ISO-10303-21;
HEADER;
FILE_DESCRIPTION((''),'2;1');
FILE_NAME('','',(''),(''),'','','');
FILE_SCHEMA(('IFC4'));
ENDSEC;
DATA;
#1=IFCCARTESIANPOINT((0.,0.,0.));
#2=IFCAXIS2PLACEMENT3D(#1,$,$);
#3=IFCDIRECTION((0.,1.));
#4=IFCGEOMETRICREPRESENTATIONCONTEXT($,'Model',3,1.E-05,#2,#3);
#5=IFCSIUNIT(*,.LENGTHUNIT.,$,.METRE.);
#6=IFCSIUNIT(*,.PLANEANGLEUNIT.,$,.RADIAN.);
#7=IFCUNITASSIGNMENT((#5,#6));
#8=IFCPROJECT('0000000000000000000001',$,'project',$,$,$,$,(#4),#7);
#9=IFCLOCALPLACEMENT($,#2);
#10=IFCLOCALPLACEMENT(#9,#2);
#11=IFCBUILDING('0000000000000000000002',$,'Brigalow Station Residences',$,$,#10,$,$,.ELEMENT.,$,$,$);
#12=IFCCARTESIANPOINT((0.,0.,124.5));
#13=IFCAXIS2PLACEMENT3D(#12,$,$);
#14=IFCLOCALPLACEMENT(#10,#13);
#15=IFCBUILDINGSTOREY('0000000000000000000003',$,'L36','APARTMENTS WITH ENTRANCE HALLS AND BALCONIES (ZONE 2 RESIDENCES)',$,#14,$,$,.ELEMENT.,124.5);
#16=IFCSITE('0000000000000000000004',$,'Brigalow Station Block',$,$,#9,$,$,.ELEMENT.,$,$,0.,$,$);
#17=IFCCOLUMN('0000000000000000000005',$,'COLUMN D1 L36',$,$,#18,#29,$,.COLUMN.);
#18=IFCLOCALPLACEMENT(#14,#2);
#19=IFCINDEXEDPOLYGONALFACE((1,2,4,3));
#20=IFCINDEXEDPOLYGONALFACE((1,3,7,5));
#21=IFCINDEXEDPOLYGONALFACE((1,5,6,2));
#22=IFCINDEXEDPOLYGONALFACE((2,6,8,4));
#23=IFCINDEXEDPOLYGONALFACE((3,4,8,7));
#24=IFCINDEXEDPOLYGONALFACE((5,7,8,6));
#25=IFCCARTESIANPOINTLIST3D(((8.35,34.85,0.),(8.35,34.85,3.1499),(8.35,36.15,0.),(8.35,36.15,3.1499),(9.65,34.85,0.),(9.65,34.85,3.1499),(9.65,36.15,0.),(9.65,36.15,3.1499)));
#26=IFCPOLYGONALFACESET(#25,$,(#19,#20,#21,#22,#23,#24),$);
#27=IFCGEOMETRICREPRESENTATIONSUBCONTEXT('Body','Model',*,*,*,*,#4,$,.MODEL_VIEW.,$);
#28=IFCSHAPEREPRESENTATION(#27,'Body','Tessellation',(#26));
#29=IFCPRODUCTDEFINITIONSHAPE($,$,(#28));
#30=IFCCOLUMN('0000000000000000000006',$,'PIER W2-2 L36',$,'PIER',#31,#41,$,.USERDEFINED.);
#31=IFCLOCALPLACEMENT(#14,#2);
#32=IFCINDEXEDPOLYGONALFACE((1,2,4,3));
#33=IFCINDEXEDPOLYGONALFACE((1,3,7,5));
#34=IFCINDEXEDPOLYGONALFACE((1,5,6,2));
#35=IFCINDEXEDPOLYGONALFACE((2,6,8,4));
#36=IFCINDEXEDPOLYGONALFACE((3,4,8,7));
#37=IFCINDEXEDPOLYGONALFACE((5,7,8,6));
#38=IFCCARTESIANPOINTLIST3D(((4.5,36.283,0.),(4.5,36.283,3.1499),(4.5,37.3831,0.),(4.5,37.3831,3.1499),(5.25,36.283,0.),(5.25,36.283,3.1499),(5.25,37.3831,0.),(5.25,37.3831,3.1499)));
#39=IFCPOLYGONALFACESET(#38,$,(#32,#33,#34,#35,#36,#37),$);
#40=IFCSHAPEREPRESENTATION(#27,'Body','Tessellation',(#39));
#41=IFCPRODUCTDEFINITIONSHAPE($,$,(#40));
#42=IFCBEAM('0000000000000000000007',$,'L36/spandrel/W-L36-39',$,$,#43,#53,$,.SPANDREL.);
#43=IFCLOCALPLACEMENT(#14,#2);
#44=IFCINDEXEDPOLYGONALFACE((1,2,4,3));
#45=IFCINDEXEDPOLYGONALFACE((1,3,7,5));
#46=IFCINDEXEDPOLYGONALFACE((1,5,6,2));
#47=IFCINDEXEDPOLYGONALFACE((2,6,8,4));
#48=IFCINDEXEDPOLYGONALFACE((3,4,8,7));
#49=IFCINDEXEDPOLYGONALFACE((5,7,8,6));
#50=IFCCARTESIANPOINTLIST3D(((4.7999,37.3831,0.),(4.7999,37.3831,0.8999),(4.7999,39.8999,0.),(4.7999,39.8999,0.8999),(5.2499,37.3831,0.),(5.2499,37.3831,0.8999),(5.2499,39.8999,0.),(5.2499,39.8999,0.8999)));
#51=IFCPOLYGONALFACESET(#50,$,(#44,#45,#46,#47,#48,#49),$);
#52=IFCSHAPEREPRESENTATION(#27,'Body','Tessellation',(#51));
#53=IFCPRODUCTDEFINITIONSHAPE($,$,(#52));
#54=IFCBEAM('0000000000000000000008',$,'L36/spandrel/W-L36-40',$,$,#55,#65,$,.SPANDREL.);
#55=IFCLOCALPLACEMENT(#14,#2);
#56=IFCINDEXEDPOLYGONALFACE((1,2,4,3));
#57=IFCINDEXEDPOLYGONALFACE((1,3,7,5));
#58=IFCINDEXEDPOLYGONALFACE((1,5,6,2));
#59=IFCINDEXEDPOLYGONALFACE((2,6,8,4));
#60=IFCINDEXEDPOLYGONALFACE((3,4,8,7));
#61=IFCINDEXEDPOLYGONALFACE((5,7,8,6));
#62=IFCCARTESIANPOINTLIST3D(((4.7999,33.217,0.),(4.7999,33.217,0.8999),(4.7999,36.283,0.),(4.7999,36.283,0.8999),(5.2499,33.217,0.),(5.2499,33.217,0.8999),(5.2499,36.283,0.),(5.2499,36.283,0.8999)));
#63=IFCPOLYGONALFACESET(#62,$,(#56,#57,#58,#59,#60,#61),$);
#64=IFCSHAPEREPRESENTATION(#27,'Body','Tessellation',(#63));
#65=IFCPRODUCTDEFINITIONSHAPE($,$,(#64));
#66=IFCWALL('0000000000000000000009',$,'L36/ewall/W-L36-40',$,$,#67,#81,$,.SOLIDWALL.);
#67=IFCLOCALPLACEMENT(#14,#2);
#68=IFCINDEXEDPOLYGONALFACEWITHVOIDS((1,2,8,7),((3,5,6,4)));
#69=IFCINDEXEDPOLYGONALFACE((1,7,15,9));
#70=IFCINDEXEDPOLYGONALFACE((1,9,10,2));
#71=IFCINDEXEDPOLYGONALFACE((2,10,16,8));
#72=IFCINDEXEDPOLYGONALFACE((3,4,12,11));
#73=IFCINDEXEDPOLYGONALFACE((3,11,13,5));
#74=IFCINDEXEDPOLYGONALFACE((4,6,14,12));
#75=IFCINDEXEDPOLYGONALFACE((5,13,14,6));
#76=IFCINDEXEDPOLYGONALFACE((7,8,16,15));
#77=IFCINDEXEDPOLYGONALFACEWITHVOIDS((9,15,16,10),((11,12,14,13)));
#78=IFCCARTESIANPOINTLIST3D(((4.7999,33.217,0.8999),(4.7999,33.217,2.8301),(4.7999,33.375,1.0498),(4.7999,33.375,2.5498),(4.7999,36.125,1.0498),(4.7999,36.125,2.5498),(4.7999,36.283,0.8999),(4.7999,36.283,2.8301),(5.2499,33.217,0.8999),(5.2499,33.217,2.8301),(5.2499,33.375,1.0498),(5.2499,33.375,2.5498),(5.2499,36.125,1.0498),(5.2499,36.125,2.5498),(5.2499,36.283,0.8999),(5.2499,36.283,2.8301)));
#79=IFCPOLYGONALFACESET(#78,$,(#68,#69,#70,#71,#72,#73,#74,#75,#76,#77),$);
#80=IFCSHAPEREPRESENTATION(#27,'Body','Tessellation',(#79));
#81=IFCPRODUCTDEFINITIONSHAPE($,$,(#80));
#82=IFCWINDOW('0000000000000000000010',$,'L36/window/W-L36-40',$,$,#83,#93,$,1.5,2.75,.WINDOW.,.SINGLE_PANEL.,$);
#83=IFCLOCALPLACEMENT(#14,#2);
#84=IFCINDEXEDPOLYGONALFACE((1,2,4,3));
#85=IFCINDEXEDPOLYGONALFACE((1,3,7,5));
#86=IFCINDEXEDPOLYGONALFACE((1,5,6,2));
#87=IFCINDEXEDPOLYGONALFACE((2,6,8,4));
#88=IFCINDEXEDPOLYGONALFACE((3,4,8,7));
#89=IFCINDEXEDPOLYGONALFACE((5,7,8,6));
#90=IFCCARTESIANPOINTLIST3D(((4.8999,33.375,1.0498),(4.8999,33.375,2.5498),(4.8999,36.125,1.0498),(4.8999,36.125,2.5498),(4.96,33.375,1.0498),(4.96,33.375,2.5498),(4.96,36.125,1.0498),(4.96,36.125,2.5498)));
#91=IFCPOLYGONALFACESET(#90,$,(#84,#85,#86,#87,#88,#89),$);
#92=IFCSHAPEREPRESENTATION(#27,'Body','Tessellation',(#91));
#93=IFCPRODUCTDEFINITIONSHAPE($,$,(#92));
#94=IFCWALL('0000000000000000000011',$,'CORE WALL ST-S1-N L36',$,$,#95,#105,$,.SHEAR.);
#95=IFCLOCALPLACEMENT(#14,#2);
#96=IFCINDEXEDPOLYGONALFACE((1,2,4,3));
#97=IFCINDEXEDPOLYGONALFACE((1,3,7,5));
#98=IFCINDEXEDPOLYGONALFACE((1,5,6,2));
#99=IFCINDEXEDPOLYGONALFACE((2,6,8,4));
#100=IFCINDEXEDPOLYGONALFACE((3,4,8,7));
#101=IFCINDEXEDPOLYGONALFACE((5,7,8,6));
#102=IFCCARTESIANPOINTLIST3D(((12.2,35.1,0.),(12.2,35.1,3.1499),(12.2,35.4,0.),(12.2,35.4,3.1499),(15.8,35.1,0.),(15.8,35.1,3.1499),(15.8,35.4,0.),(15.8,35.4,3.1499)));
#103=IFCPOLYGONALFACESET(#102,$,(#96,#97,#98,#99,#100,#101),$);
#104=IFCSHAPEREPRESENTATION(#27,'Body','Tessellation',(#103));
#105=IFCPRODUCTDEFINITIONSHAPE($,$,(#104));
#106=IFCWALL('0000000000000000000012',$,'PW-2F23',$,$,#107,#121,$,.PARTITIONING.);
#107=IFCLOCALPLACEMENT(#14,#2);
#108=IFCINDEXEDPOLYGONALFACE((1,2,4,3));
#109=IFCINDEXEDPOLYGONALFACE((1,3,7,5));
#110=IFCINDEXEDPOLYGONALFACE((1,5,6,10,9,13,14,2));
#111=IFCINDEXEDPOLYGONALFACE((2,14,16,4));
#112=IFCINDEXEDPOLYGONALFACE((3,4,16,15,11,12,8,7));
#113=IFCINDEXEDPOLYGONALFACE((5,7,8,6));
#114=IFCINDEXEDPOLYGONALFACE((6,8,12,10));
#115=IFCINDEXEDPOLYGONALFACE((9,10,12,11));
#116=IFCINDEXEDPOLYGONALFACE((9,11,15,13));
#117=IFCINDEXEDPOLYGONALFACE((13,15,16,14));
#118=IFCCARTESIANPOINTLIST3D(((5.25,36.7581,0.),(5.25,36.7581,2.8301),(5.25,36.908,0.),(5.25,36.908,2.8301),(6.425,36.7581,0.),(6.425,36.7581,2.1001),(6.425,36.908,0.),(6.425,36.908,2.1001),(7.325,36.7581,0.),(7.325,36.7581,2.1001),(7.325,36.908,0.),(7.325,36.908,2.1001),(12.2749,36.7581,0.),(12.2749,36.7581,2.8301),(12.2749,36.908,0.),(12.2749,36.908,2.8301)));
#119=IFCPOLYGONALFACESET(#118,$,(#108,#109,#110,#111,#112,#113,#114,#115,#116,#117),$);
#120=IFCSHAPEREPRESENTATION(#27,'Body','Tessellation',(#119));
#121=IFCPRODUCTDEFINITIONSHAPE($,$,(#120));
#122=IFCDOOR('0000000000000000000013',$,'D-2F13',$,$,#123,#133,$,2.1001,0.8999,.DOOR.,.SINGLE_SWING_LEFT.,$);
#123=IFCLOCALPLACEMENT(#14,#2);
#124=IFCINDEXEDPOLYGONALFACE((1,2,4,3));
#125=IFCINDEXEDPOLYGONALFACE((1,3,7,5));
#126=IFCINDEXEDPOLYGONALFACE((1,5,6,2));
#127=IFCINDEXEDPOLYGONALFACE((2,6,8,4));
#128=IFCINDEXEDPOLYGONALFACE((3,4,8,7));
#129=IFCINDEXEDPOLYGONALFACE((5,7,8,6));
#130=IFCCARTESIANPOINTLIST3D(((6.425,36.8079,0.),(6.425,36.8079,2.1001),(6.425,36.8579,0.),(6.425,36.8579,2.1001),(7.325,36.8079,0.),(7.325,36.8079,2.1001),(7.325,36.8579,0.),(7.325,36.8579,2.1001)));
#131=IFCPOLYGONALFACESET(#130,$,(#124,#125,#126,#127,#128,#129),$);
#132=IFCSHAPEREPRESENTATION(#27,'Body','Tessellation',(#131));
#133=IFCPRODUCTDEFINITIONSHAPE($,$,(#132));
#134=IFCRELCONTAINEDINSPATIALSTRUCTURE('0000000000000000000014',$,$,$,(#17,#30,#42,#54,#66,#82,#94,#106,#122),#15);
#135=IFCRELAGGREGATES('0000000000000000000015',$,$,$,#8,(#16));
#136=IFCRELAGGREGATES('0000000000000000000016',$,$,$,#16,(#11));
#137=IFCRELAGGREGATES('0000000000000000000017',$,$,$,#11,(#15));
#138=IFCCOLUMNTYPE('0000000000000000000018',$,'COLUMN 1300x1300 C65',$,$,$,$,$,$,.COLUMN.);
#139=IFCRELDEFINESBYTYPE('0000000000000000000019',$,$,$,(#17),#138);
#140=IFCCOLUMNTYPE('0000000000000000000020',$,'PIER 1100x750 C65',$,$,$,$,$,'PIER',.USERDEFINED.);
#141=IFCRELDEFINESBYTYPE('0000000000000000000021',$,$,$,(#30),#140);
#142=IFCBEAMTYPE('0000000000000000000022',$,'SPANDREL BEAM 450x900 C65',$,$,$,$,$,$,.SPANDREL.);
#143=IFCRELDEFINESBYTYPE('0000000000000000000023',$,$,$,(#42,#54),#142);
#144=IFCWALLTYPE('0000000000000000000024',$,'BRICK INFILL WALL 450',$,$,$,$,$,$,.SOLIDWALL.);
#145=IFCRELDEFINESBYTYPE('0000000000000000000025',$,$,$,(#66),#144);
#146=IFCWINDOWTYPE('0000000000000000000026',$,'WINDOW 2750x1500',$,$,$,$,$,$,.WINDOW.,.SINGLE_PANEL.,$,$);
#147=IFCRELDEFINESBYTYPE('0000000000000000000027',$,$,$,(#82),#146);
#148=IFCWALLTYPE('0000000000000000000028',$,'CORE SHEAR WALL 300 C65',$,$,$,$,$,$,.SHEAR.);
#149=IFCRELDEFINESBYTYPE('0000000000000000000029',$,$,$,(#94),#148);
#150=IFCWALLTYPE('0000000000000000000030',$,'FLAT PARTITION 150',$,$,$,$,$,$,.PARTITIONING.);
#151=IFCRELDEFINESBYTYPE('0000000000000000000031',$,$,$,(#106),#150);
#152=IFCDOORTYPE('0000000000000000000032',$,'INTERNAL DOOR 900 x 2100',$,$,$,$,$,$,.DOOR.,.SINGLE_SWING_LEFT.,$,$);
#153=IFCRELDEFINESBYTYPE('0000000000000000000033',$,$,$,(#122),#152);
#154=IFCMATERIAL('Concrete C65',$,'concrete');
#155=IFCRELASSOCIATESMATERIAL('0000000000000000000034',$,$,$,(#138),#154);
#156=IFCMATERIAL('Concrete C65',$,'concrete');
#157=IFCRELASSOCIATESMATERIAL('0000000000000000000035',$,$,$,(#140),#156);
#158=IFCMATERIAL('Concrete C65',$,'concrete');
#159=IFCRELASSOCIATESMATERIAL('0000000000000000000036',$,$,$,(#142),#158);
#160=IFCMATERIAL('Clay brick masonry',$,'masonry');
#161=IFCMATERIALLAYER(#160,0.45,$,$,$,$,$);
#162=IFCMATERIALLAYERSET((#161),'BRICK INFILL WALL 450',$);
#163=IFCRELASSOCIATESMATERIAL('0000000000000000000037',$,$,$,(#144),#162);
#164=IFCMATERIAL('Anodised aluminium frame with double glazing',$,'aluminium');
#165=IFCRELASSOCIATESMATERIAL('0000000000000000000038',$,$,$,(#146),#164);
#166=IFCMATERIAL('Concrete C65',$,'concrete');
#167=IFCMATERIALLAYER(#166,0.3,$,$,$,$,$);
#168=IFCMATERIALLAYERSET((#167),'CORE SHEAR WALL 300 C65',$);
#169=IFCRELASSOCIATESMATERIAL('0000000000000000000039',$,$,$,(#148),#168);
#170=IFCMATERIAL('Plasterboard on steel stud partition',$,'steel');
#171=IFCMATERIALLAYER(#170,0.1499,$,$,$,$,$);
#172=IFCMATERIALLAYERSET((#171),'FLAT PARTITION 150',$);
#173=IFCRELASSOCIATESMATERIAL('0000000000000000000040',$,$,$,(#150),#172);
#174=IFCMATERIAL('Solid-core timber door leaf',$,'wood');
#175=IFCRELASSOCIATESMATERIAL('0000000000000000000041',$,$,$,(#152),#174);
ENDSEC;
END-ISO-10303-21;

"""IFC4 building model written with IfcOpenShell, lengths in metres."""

from ifc_helpers import new_model, si_unit, direction, frame, frame_2d, origin, origin_2d, place, context, subcontext, project, spatial, rectangle, extrude, material, layer, layer_set, material_profile, profile_set, type_object, element, fill, save


model = new_model("IFC4")

# Units and contexts
model_context = context("Model", 3, precision=1e-05, world=origin(), true_north=direction((0.0, 1.0)))
body_context = subcontext(model_context, "Body", "Model", "MODEL_VIEW")
ifc_project = project(units=[si_unit("LENGTHUNIT", "METRE"), si_unit("PLANEANGLEUNIT", "RADIAN")], contexts=[model_context])

# Site, building, storey
site_placement = place(None, origin())
site = spatial("IfcSite", under=ifc_project, at=site_placement, Name="Brigalow Station Block", CompositionType="ELEMENT", RefElevation=0.0)
building_placement = place(site_placement, origin())
building = spatial("IfcBuilding", under=site, at=building_placement, Name="Brigalow Station Residences", CompositionType="ELEMENT")
storey_placement = place(building_placement, frame((0.0, 0.0, 124.5)))
storey = spatial("IfcBuildingStorey", under=building, at=storey_placement, Name="L36", Description="APARTMENTS WITH ENTRANCE HALLS AND BALCONIES (ZONE 2 RESIDENCES)", CompositionType="ELEMENT", Elevation=124.5)

# Columns
ifc_material_1 = material(Name="Concrete C65", Category="concrete")
ifc_material_profile_1 = material_profile(ifc_material_1, rectangle(XDim=1.3, YDim=1.3, at=origin_2d()), Name="RC1300x1300")
ifc_profile_set_1 = profile_set([ifc_material_profile_1], Name="Concrete C65")
column_type_1 = type_object("IfcColumnType", Name="COLUMN 1300x1300 C65", PredefinedType="COLUMN", material=ifc_profile_set_1)
column_1_placement = place(storey_placement, frame((9.0, 35.5, 0.0), z_axis=(0.0, 0.0, 1.0), x_axis=(1.0, 0.0, 0.0)))
element("IfcColumn", 1, at=column_1_placement, inside=storey, type_object=column_type_1, Name="COLUMN D1 L36", PredefinedType="COLUMN", context=body_context, shape_type="SweptSolid", body=[
    extrude(rectangle(XDim=1.3, YDim=1.3, at=origin_2d()), origin(), (0.0, 0.0, 1.0), 3.1499),
])
ifc_material_2 = material(Name="Concrete C65", Category="concrete")
ifc_material_profile_2 = material_profile(ifc_material_2, rectangle(XDim=1.1001, YDim=0.75, at=origin_2d()), Name="RC1100x750")
ifc_profile_set_2 = profile_set([ifc_material_profile_2], Name="Concrete C65")
column_type_2 = type_object("IfcColumnType", Name="PIER 1100x750 C65", ElementType="PIER", PredefinedType="USERDEFINED", material=ifc_profile_set_2)
column_2_placement = place(storey_placement, frame((4.875, 36.833, 0.0), z_axis=(0.0, 0.0, 1.0), x_axis=(0.0, -1.0, 0.0)))
element("IfcColumn", 2, at=column_2_placement, inside=storey, type_object=column_type_2, Name="PIER W2-2 L36", ObjectType="PIER", PredefinedType="USERDEFINED", context=body_context, shape_type="SweptSolid", body=[
    extrude(rectangle(XDim=1.1001, YDim=0.75, at=origin_2d()), origin(), (0.0, 0.0, 1.0), 3.1499),
])

# Beams
ifc_material_3 = material(Name="Concrete C65", Category="concrete")
ifc_material_profile_3 = material_profile(ifc_material_3, rectangle(XDim=0.45, YDim=0.8999, at=origin_2d()), Name="RC450x900")
ifc_profile_set_3 = profile_set([ifc_material_profile_3], Name="Concrete C65")
beam_type = type_object("IfcBeamType", Name="SPANDREL BEAM 450x900 C65", PredefinedType="SPANDREL", material=ifc_profile_set_3)
beam_1_placement = place(storey_placement, frame((5.0249, 39.8999, 0.45), z_axis=(0.0, -1.0, 0.0), x_axis=(1.0, 0.0, 0.0)))
element("IfcBeam", 3, at=beam_1_placement, inside=storey, type_object=beam_type, Name="L36/spandrel/W-L36-39", PredefinedType="SPANDREL", context=body_context, shape_type="SweptSolid", body=[
    extrude(rectangle(XDim=0.45, YDim=0.8999, at=origin_2d()), origin(), (0.0, 0.0, 1.0), 2.5168),
])
beam_2_placement = place(storey_placement, frame((5.0249, 36.283, 0.45), z_axis=(0.0, -1.0, 0.0), x_axis=(1.0, 0.0, 0.0)))
element("IfcBeam", 4, at=beam_2_placement, inside=storey, type_object=beam_type, Name="L36/spandrel/W-L36-40", PredefinedType="SPANDREL", context=body_context, shape_type="SweptSolid", body=[
    extrude(rectangle(XDim=0.45, YDim=0.8999, at=origin_2d()), origin(), (0.0, 0.0, 1.0), 3.0659),
])

# Wall, opening, window
ifc_material_4 = material(Name="Clay brick masonry", Category="masonry")
ifc_layer_1 = layer(ifc_material_4, 0.45)
ifc_layer_set_1 = layer_set([ifc_layer_1], Name="BRICK INFILL WALL 450")
wall_type_1 = type_object("IfcWallType", Name="BRICK INFILL WALL 450", PredefinedType="SOLIDWALL", material=ifc_layer_set_1)
wall_1_placement = place(storey_placement, frame((5.0249, 36.283, 0.8999), z_axis=(0.0, 0.0, 1.0), x_axis=(0.0, -1.0, 0.0)))
wall_1 = element("IfcWall", 5, at=wall_1_placement, inside=storey, type_object=wall_type_1, Name="L36/ewall/W-L36-40", PredefinedType="SOLIDWALL", context=body_context, shape_type="SweptSolid", body=[
    extrude(rectangle(XDim=3.0659, YDim=0.45, at=frame_2d((1.533, 0.0))), origin(), (0.0, 0.0, 1.0), 1.9302),
])
opening_1_placement = place(wall_1_placement, frame((0.158, 0.0, 0.1499)))
opening_1 = element("IfcOpeningElement", 6, at=opening_1_placement, cuts=wall_1, PredefinedType="OPENING", context=body_context, shape_type="SweptSolid", body=[
    extrude(rectangle(XDim=2.75, YDim=1.5, at=frame_2d((1.375, 0.75))), frame((0.0, 0.2349, 0.0), z_axis=(0.0, -1.0, 0.0), x_axis=(1.0, 0.0, 0.0)), (0.0, 0.0, 1.0), 0.47),
])
ifc_material_5 = material(Name="Anodised aluminium frame with double glazing", Category="aluminium")
window_type = type_object("IfcWindowType", Name="WINDOW 2750x1500", PartitioningType="SINGLE_PANEL", PredefinedType="WINDOW", material=ifc_material_5)
window_placement = place(opening_1_placement, origin())
window = element("IfcWindow", 7, at=window_placement, inside=storey, type_object=window_type, Name="L36/window/W-L36-40", OverallHeight=1.5, OverallWidth=2.75, PartitioningType="SINGLE_PANEL", PredefinedType="WINDOW", context=body_context, shape_type="SweptSolid", body=[
    extrude(rectangle(XDim=2.75, YDim=1.5, at=frame_2d((1.375, 0.75))), frame((0.0, -0.0649, 0.0), z_axis=(0.0, -1.0, 0.0), x_axis=(1.0, 0.0, 0.0)), (0.0, 0.0, 1.0), 0.0601),
])
fill(opening_1, window)

# Wall
ifc_material_6 = material(Name="Concrete C65", Category="concrete")
ifc_layer_2 = layer(ifc_material_6, 0.3)
ifc_layer_set_2 = layer_set([ifc_layer_2], Name="CORE SHEAR WALL 300 C65")
wall_type_2 = type_object("IfcWallType", Name="CORE SHEAR WALL 300 C65", PredefinedType="SHEAR", material=ifc_layer_set_2)
wall_2_placement = place(storey_placement, frame((12.2, 35.25, 0.0), z_axis=(0.0, 0.0, 1.0), x_axis=(1.0, 0.0, 0.0)))
element("IfcWall", 8, at=wall_2_placement, inside=storey, type_object=wall_type_2, Name="CORE WALL ST-S1-N L36", PredefinedType="SHEAR", context=body_context, shape_type="SweptSolid", body=[
    extrude(rectangle(XDim=3.6001, YDim=0.3, at=frame_2d((1.8, 0.0))), origin(), (0.0, 0.0, 1.0), 3.1499),
])

# Wall, opening, door
ifc_material_7 = material(Name="Plasterboard on steel stud partition", Category="steel")
ifc_layer_3 = layer(ifc_material_7, 0.1499)
ifc_layer_set_3 = layer_set([ifc_layer_3], Name="FLAT PARTITION 150")
wall_type_3 = type_object("IfcWallType", Name="FLAT PARTITION 150", PredefinedType="PARTITIONING", material=ifc_layer_set_3)
wall_3_placement = place(storey_placement, frame((5.25, 36.833, 0.0), z_axis=(0.0, 0.0, 1.0), x_axis=(1.0, 0.0, 0.0)))
wall_3 = element("IfcWall", 9, at=wall_3_placement, inside=storey, type_object=wall_type_3, Name="PW-2F23", PredefinedType="PARTITIONING", context=body_context, shape_type="SweptSolid", body=[
    extrude(rectangle(XDim=7.0249, YDim=0.1499, at=frame_2d((3.5125, 0.0))), origin(), (0.0, 0.0, 1.0), 2.8301),
])
opening_2_placement = place(wall_3_placement, frame((1.175, 0.0, 0.0)))
opening_2 = element("IfcOpeningElement", 10, at=opening_2_placement, cuts=wall_3, PredefinedType="OPENING", context=body_context, shape_type="SweptSolid", body=[
    extrude(rectangle(XDim=0.8999, YDim=2.1001, at=frame_2d((0.45, 1.05))), frame((0.0, 0.085, 0.0), z_axis=(0.0, -1.0, 0.0), x_axis=(1.0, 0.0, 0.0)), (0.0, 0.0, 1.0), 0.1699),
])
ifc_material_8 = material(Name="Solid-core timber door leaf", Category="wood")
door_type = type_object("IfcDoorType", Name="INTERNAL DOOR 900 x 2100", OperationType="SINGLE_SWING_LEFT", PredefinedType="DOOR", material=ifc_material_8)
door_1_placement = place(opening_2_placement, origin())
door_1 = element("IfcDoor", 11, at=door_1_placement, inside=storey, type_object=door_type, Name="D-2F13", OperationType="SINGLE_SWING_LEFT", OverallHeight=2.1001, OverallWidth=0.8999, PredefinedType="DOOR", context=body_context, shape_type="SweptSolid", body=[
    extrude(rectangle(XDim=0.8999, YDim=2.1001, at=frame_2d((0.45, 1.05))), frame((0.0, 0.0249, 0.0), z_axis=(0.0, -1.0, 0.0), x_axis=(1.0, 0.0, 0.0)), (0.0, 0.0, 1.0), 0.05),
])
fill(opening_2, door_1)

save(model, "model.ifc")
